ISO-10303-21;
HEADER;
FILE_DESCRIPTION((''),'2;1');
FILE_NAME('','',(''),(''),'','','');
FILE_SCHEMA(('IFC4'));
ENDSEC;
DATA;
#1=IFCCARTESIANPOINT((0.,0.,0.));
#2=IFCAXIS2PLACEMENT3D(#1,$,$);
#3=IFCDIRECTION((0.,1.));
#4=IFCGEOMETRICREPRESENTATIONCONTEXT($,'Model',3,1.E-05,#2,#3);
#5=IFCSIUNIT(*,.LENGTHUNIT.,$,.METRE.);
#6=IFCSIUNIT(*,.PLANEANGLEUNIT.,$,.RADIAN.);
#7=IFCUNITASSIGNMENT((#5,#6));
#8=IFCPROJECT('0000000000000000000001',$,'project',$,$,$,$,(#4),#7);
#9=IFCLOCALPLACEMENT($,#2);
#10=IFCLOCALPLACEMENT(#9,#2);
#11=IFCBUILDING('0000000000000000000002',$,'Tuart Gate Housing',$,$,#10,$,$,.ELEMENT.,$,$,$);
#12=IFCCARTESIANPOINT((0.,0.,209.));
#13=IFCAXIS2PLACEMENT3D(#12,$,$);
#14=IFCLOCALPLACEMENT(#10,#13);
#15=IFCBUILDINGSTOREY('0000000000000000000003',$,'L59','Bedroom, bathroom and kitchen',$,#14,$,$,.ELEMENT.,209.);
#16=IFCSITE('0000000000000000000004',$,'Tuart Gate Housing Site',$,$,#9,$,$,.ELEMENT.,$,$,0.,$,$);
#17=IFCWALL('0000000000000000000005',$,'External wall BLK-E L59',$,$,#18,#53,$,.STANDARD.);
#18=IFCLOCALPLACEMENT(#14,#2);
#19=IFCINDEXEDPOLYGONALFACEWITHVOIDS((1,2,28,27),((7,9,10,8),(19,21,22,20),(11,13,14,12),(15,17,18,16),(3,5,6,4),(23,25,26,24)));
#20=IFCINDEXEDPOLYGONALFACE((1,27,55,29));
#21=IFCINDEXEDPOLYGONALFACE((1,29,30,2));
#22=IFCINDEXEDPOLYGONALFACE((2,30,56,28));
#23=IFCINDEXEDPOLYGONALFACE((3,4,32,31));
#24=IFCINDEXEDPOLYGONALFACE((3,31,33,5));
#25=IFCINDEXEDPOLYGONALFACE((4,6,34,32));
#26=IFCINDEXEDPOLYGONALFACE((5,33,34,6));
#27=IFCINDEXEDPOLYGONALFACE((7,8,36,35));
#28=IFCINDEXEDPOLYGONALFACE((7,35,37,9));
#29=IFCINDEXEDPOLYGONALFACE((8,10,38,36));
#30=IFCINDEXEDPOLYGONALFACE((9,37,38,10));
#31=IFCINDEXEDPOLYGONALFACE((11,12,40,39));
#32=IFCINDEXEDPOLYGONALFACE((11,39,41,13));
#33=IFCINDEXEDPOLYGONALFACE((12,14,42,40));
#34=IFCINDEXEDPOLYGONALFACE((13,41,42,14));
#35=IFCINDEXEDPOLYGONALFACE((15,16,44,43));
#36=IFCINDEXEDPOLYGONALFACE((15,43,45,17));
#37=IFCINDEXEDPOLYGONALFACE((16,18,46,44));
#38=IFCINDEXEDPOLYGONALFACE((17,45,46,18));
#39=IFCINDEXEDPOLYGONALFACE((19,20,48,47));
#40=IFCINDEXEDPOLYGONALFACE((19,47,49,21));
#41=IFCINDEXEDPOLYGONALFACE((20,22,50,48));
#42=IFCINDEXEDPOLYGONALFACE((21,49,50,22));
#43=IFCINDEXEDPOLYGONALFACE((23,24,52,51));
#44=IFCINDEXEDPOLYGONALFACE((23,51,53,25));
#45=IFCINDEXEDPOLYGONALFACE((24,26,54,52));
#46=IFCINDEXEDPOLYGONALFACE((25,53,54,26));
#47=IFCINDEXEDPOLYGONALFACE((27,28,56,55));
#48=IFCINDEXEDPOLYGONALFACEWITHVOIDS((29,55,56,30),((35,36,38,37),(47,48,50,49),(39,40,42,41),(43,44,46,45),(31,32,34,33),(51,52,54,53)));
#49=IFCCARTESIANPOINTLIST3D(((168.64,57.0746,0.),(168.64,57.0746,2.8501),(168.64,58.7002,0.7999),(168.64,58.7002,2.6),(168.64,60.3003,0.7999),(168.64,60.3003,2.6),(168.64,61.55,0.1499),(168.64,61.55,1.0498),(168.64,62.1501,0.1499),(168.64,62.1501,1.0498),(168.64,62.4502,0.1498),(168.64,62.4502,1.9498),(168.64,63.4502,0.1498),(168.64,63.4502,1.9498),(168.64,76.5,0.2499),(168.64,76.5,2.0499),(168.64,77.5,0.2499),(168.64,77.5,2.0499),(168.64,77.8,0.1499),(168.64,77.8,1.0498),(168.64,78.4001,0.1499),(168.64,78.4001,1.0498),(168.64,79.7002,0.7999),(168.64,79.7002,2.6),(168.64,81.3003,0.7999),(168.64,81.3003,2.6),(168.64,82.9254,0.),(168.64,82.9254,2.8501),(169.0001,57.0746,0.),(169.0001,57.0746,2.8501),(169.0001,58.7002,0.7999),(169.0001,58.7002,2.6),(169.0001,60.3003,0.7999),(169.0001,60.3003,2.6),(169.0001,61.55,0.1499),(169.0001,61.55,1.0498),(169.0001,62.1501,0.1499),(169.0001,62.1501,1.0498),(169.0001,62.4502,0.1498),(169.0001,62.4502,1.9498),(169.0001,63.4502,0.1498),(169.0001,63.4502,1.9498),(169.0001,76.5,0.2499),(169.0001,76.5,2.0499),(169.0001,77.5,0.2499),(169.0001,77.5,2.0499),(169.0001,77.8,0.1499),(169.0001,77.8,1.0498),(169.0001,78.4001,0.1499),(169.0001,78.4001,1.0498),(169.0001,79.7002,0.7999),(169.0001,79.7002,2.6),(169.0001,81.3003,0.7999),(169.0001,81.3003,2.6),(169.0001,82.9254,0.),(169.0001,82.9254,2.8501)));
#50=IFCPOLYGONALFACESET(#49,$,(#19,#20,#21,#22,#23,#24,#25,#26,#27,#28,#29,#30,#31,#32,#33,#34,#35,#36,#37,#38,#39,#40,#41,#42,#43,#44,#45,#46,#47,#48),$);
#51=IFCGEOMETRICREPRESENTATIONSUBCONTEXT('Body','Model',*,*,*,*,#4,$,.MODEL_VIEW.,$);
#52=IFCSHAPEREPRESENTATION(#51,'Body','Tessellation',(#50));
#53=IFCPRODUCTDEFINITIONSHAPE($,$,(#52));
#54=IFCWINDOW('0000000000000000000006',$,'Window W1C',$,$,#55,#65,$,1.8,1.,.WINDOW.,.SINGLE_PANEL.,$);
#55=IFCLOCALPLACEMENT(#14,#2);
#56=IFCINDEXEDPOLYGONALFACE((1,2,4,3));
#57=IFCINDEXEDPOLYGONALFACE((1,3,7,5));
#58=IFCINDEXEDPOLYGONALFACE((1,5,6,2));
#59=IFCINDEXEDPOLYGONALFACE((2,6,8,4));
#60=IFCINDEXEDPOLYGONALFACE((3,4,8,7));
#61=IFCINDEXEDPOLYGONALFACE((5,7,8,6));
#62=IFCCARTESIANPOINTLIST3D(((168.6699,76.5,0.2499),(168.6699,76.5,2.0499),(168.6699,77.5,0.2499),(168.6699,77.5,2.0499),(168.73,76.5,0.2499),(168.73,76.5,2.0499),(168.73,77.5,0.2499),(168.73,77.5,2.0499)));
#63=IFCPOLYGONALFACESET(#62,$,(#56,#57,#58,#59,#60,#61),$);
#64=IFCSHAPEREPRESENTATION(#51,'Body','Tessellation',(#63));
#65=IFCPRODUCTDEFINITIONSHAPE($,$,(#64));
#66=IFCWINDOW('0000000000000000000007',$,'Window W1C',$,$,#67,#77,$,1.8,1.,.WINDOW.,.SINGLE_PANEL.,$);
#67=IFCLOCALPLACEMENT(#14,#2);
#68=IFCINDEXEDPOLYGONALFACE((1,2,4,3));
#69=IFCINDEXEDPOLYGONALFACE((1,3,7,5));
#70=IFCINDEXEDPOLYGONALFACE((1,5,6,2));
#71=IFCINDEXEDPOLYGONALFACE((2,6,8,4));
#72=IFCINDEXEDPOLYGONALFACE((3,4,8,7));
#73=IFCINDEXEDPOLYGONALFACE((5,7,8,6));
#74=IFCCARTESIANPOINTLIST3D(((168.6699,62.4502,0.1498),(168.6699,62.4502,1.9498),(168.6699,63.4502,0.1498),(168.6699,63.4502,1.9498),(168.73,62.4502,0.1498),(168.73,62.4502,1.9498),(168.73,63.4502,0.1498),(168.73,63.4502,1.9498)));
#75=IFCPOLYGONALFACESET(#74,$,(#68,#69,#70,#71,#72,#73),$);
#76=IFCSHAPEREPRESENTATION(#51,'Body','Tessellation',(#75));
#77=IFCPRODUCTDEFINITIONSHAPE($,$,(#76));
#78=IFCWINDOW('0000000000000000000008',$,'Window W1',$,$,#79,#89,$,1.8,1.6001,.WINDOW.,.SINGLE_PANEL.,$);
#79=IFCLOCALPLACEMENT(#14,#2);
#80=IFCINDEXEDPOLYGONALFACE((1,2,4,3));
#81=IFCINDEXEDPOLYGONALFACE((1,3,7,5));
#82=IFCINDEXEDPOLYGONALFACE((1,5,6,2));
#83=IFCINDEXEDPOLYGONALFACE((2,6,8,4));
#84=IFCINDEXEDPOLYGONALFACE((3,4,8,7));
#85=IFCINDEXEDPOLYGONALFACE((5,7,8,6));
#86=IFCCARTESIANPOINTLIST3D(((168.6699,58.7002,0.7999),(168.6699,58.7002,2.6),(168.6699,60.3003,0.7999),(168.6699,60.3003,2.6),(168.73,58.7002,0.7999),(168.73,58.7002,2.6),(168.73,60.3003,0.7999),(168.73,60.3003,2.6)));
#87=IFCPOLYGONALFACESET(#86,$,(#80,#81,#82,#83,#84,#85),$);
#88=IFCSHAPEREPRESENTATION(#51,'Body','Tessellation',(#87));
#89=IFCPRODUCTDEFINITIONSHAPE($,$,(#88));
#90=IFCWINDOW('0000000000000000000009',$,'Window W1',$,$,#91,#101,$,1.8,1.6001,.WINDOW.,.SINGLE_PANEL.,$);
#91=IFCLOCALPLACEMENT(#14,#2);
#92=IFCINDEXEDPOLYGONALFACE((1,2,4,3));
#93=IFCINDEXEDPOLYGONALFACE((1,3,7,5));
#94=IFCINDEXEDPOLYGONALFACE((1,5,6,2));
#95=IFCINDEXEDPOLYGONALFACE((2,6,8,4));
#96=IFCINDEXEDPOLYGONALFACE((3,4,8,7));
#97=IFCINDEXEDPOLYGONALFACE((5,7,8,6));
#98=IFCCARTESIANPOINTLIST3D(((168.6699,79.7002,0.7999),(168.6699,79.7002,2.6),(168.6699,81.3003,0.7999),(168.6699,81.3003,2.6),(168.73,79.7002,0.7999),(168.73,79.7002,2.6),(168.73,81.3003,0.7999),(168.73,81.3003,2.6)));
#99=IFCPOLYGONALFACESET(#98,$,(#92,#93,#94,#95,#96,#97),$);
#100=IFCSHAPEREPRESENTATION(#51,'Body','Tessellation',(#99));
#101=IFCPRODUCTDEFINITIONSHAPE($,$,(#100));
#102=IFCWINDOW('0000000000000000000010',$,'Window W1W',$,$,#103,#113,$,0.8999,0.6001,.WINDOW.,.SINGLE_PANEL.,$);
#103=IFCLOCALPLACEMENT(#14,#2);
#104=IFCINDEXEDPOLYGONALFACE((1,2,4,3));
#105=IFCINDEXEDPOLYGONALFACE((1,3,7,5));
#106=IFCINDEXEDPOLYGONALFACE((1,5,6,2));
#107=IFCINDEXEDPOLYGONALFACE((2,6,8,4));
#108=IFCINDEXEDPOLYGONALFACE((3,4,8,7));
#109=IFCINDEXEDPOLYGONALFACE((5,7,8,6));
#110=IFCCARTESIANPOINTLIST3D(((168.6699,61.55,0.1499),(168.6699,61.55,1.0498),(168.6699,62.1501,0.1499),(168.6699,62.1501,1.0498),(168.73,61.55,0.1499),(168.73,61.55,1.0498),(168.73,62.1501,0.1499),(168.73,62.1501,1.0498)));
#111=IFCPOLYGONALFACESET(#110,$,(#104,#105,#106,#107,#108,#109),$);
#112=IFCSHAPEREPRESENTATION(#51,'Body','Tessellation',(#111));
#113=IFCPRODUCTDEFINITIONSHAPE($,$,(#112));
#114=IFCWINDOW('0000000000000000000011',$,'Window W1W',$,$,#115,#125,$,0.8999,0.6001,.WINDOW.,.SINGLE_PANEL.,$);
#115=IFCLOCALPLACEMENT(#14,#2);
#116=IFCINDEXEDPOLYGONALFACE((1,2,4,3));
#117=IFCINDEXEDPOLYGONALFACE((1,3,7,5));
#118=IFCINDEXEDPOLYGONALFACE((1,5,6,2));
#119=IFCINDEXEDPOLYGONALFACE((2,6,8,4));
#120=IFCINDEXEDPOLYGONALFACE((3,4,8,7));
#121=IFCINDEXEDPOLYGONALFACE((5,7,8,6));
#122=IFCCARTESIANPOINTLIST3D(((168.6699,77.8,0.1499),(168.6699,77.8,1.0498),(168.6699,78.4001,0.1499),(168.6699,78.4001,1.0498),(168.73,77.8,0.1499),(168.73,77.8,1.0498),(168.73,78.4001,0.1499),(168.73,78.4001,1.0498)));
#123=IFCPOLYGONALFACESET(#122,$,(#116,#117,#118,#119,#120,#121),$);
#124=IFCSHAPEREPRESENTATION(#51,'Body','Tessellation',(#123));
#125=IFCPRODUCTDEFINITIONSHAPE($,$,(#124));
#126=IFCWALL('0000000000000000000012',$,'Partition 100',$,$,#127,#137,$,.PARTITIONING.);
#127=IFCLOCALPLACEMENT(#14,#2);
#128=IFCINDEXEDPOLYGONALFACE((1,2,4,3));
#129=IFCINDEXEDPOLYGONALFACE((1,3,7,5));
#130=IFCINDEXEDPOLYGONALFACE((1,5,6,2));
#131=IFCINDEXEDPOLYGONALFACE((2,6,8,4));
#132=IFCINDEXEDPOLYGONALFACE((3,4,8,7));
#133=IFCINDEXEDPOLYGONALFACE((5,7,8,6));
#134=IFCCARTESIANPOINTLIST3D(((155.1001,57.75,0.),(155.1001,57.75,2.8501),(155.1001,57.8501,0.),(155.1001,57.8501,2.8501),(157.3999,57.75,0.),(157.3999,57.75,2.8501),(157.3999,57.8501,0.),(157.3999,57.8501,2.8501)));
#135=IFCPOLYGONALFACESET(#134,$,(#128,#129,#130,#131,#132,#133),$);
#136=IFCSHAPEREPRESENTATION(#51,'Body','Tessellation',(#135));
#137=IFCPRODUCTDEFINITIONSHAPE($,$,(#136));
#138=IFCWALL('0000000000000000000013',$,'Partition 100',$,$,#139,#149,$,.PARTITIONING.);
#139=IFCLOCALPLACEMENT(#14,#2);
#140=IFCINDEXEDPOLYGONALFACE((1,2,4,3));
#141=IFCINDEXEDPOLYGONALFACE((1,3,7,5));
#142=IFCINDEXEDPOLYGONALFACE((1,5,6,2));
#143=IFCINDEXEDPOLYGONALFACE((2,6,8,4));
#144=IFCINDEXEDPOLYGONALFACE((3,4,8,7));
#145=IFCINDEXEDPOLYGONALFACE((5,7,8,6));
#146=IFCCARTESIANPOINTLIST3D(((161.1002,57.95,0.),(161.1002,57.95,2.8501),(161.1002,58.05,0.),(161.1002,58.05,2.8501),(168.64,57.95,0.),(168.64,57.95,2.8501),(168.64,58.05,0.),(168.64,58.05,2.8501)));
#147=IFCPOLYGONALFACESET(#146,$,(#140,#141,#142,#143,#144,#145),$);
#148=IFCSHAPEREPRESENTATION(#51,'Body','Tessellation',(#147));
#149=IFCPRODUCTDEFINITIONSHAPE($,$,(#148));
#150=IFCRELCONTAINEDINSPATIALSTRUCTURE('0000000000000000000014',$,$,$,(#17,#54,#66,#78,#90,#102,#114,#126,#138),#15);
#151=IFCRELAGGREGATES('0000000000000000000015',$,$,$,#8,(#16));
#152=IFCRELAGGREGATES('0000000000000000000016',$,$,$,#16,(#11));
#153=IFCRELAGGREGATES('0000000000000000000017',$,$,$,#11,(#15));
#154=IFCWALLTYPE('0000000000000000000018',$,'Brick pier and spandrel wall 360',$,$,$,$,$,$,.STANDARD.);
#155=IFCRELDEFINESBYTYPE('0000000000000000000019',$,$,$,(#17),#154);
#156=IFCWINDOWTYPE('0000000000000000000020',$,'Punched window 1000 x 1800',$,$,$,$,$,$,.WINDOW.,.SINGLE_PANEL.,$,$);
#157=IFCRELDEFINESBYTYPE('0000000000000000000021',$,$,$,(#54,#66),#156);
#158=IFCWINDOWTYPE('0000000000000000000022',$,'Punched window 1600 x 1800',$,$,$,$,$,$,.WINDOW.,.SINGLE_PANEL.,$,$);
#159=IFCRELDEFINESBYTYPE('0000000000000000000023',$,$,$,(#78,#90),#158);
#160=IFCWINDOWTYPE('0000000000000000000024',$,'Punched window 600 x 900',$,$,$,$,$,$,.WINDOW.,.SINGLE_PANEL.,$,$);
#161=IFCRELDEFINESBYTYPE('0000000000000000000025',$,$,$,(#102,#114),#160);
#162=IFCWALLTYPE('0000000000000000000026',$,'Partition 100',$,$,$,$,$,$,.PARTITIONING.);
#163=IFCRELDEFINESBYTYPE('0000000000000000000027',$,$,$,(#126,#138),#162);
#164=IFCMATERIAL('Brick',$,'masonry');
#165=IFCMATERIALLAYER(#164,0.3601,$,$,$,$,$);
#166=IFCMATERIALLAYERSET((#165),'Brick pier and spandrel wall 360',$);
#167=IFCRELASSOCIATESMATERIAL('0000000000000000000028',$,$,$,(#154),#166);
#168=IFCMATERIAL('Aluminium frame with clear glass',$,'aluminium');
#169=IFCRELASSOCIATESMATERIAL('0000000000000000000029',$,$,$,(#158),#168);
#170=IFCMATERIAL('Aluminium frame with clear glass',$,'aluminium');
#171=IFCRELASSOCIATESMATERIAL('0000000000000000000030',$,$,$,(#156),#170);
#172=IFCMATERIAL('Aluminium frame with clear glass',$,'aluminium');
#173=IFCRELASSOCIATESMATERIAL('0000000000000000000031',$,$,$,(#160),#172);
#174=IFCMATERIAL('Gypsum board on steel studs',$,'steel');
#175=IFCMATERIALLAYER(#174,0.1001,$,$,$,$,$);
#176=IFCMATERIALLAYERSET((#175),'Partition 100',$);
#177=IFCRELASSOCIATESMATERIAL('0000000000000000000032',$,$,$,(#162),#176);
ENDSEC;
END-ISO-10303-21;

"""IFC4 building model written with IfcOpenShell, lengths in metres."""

from ifc_helpers import new_model, si_unit, direction, frame, frame_2d, origin, place, context, subcontext, project, spatial, rectangle, extrude, material, layer, layer_set, type_object, element, fill, save


model = new_model("IFC4")

# Units and contexts
model_context = context("Model", 3, precision=1e-05, world=origin(), true_north=direction((0.0, 1.0)))
body_context = subcontext(model_context, "Body", "Model", "MODEL_VIEW")
ifc_project = project(units=[si_unit("LENGTHUNIT", "METRE"), si_unit("PLANEANGLEUNIT", "RADIAN")], contexts=[model_context])

# Site, building, storey
site_placement = place(None, origin())
site = spatial("IfcSite", under=ifc_project, at=site_placement, Name="Tuart Gate Housing Site", CompositionType="ELEMENT", RefElevation=0.0)
building_placement = place(site_placement, origin())
building = spatial("IfcBuilding", under=site, at=building_placement, Name="Tuart Gate Housing", CompositionType="ELEMENT")
storey_placement = place(building_placement, frame((0.0, 0.0, 209.0)))
storey = spatial("IfcBuildingStorey", under=building, at=storey_placement, Name="L59", Description="Bedroom, bathroom and kitchen", CompositionType="ELEMENT", Elevation=209.0)

# Shared definitions
ifc_material_1 = material(Name="Brick", Category="masonry")
ifc_layer_1 = layer(ifc_material_1, 0.3601)
ifc_layer_set_1 = layer_set([ifc_layer_1], Name="Brick pier and spandrel wall 360")
wall_type_1 = type_object("IfcWallType", Name="Brick pier and spandrel wall 360", PredefinedType="STANDARD", material=ifc_layer_set_1)
ifc_material_2 = material(Name="Aluminium frame with clear glass", Category="aluminium")
window_type_1 = type_object("IfcWindowType", Name="Punched window 1600 x 1800", PartitioningType="SINGLE_PANEL", PredefinedType="WINDOW", material=ifc_material_2)

# Wall, openings, windows
wall_1_placement = place(storey_placement, frame((168.8201, 57.0747, 0.0), z_axis=(0.0, 0.0, 1.0), x_axis=(0.0, 1.0, 0.0)))
wall_1 = element("IfcWall", 1, at=wall_1_placement, inside=storey, type_object=wall_type_1, Name="External wall BLK-E L59", PredefinedType="STANDARD", context=body_context, shape_type="SweptSolid", body=[
    extrude(rectangle(XDim=25.8508, YDim=0.3601, at=frame_2d((12.9253, 0.0))), origin(), (0.0, 0.0, 1.0), 2.8501),
])
opening_1_placement = place(wall_1_placement, frame((1.6255, 0.0, 0.8)))
opening_1 = element("IfcOpeningElement", 2, at=opening_1_placement, cuts=wall_1, PredefinedType="OPENING", context=body_context, shape_type="SweptSolid", body=[
    extrude(rectangle(XDim=1.6001, YDim=1.8, at=frame_2d((0.8, 0.8999))), frame((0.0, 0.1899, 0.0), z_axis=(0.0, -1.0, 0.0), x_axis=(1.0, 0.0, 0.0)), (0.0, 0.0, 1.0), 0.3801),
])
opening_2_placement = place(wall_1_placement, frame((4.4753, 0.0, 0.1499)))
opening_2 = element("IfcOpeningElement", 3, at=opening_2_placement, cuts=wall_1, PredefinedType="OPENING", context=body_context, shape_type="SweptSolid", body=[
    extrude(rectangle(XDim=0.6001, YDim=0.8999, at=frame_2d((0.3, 0.45))), frame((0.0, 0.1899, 0.0), z_axis=(0.0, -1.0, 0.0), x_axis=(1.0, 0.0, 0.0)), (0.0, 0.0, 1.0), 0.3801),
])
opening_3_placement = place(wall_1_placement, frame((19.4253, 0.0, 0.25)))
opening_3 = element("IfcOpeningElement", 4, at=opening_3_placement, cuts=wall_1, PredefinedType="OPENING", context=body_context, shape_type="SweptSolid", body=[
    extrude(rectangle(XDim=1.0, YDim=1.8, at=frame_2d((0.5, 0.8999))), frame((0.0, 0.1899, 0.0), z_axis=(0.0, -1.0, 0.0), x_axis=(1.0, 0.0, 0.0)), (0.0, 0.0, 1.0), 0.3801),
])
opening_4_placement = place(wall_1_placement, frame((22.6255, 0.0, 0.8)))
opening_4 = element("IfcOpeningElement", 5, at=opening_4_placement, cuts=wall_1, PredefinedType="OPENING", context=body_context, shape_type="SweptSolid", body=[
    extrude(rectangle(XDim=1.6001, YDim=1.8, at=frame_2d((0.8, 0.8999))), frame((0.0, 0.1899, 0.0), z_axis=(0.0, -1.0, 0.0), x_axis=(1.0, 0.0, 0.0)), (0.0, 0.0, 1.0), 0.3801),
])
opening_5_placement = place(wall_1_placement, frame((5.3755, 0.0, 0.1499)))
opening_5 = element("IfcOpeningElement", 6, at=opening_5_placement, cuts=wall_1, PredefinedType="OPENING", context=body_context, shape_type="SweptSolid", body=[
    extrude(rectangle(XDim=1.0, YDim=1.8, at=frame_2d((0.5, 0.8999))), frame((0.0, 0.1899, 0.0), z_axis=(0.0, -1.0, 0.0), x_axis=(1.0, 0.0, 0.0)), (0.0, 0.0, 1.0), 0.3801),
])
opening_6_placement = place(wall_1_placement, frame((20.7253, 0.0, 0.1499)))
opening_6 = element("IfcOpeningElement", 7, at=opening_6_placement, cuts=wall_1, PredefinedType="OPENING", context=body_context, shape_type="SweptSolid", body=[
    extrude(rectangle(XDim=0.6001, YDim=0.8999, at=frame_2d((0.3, 0.45))), frame((0.0, 0.1899, 0.0), z_axis=(0.0, -1.0, 0.0), x_axis=(1.0, 0.0, 0.0)), (0.0, 0.0, 1.0), 0.3801),
])
ifc_material_3 = material(Name="Aluminium frame with clear glass", Category="aluminium")
window_type_2 = type_object("IfcWindowType", Name="Punched window 1000 x 1800", PartitioningType="SINGLE_PANEL", PredefinedType="WINDOW", material=ifc_material_3)
window_1_placement = place(opening_3_placement, origin())
window_1 = element("IfcWindow", 8, at=window_1_placement, inside=storey, type_object=window_type_2, Name="Window W1C", OverallHeight=1.8, OverallWidth=1.0, PartitioningType="SINGLE_PANEL", PredefinedType="WINDOW", context=body_context, shape_type="SweptSolid", body=[
    extrude(rectangle(XDim=1.0, YDim=1.8, at=frame_2d((0.5, 0.8999))), frame((0.0, 0.1501, 0.0), z_axis=(0.0, -1.0, 0.0), x_axis=(1.0, 0.0, 0.0)), (0.0, 0.0, 1.0), 0.0601),
])
fill(opening_3, window_1)
window_2_placement = place(opening_5_placement, origin())
window_2 = element("IfcWindow", 9, at=window_2_placement, inside=storey, type_object=window_type_2, Name="Window W1C", OverallHeight=1.8, OverallWidth=1.0, PartitioningType="SINGLE_PANEL", PredefinedType="WINDOW", context=body_context, shape_type="SweptSolid", body=[
    extrude(rectangle(XDim=1.0, YDim=1.8, at=frame_2d((0.5, 0.8999))), frame((0.0, 0.1501, 0.0), z_axis=(0.0, -1.0, 0.0), x_axis=(1.0, 0.0, 0.0)), (0.0, 0.0, 1.0), 0.0601),
])
fill(opening_5, window_2)
window_3_placement = place(opening_1_placement, origin())
window_3 = element("IfcWindow", 10, at=window_3_placement, inside=storey, type_object=window_type_1, Name="Window W1", OverallHeight=1.8, OverallWidth=1.6001, PartitioningType="SINGLE_PANEL", PredefinedType="WINDOW", context=body_context, shape_type="SweptSolid", body=[
    extrude(rectangle(XDim=1.6001, YDim=1.8, at=frame_2d((0.8, 0.8999))), frame((0.0, 0.1501, 0.0), z_axis=(0.0, -1.0, 0.0), x_axis=(1.0, 0.0, 0.0)), (0.0, 0.0, 1.0), 0.0601),
])
fill(opening_1, window_3)
window_4_placement = place(opening_4_placement, origin())
window_4 = element("IfcWindow", 11, at=window_4_placement, inside=storey, type_object=window_type_1, Name="Window W1", OverallHeight=1.8, OverallWidth=1.6001, PartitioningType="SINGLE_PANEL", PredefinedType="WINDOW", context=body_context, shape_type="SweptSolid", body=[
    extrude(rectangle(XDim=1.6001, YDim=1.8, at=frame_2d((0.8, 0.8999))), frame((0.0, 0.1501, 0.0), z_axis=(0.0, -1.0, 0.0), x_axis=(1.0, 0.0, 0.0)), (0.0, 0.0, 1.0), 0.0601),
])
fill(opening_4, window_4)
ifc_material_4 = material(Name="Aluminium frame with clear glass", Category="aluminium")
window_type_3 = type_object("IfcWindowType", Name="Punched window 600 x 900", PartitioningType="SINGLE_PANEL", PredefinedType="WINDOW", material=ifc_material_4)
window_5_placement = place(opening_2_placement, origin())
window_5 = element("IfcWindow", 12, at=window_5_placement, inside=storey, type_object=window_type_3, Name="Window W1W", OverallHeight=0.8999, OverallWidth=0.6001, PartitioningType="SINGLE_PANEL", PredefinedType="WINDOW", context=body_context, shape_type="SweptSolid", body=[
    extrude(rectangle(XDim=0.6001, YDim=0.8999, at=frame_2d((0.3, 0.45))), frame((0.0, 0.1501, 0.0), z_axis=(0.0, -1.0, 0.0), x_axis=(1.0, 0.0, 0.0)), (0.0, 0.0, 1.0), 0.0601),
])
fill(opening_2, window_5)
window_6_placement = place(opening_6_placement, origin())
window_6 = element("IfcWindow", 13, at=window_6_placement, inside=storey, type_object=window_type_3, Name="Window W1W", OverallHeight=0.8999, OverallWidth=0.6001, PartitioningType="SINGLE_PANEL", PredefinedType="WINDOW", context=body_context, shape_type="SweptSolid", body=[
    extrude(rectangle(XDim=0.6001, YDim=0.8999, at=frame_2d((0.3, 0.45))), frame((0.0, 0.1501, 0.0), z_axis=(0.0, -1.0, 0.0), x_axis=(1.0, 0.0, 0.0)), (0.0, 0.0, 1.0), 0.0601),
])
fill(opening_6, window_6)

# Walls
ifc_material_5 = material(Name="Gypsum board on steel studs", Category="steel")
ifc_layer_2 = layer(ifc_material_5, 0.1001)
ifc_layer_set_2 = layer_set([ifc_layer_2], Name="Partition 100")
wall_type_2 = type_object("IfcWallType", Name="Partition 100", PredefinedType="PARTITIONING", material=ifc_layer_set_2)
wall_2_placement = place(storey_placement, frame((155.1001, 57.8, 0.0), z_axis=(0.0, 0.0, 1.0), x_axis=(1.0, 0.0, 0.0)))
element("IfcWall", 14, at=wall_2_placement, inside=storey, type_object=wall_type_2, Name="Partition 100", PredefinedType="PARTITIONING", context=body_context, shape_type="SweptSolid", body=[
    extrude(rectangle(XDim=2.2998, YDim=0.1001, at=frame_2d((1.1499, 0.0))), origin(), (0.0, 0.0, 1.0), 2.8501),
])
wall_3_placement = place(storey_placement, frame((161.1001, 58.0, 0.0), z_axis=(0.0, 0.0, 1.0), x_axis=(1.0, 0.0, 0.0)))
element("IfcWall", 15, at=wall_3_placement, inside=storey, type_object=wall_type_2, Name="Partition 100", PredefinedType="PARTITIONING", context=body_context, shape_type="SweptSolid", body=[
    extrude(rectangle(XDim=7.5398, YDim=0.1001, at=frame_2d((3.77, 0.0))), origin(), (0.0, 0.0, 1.0), 2.8501),
])

save(model, "model.ifc")
